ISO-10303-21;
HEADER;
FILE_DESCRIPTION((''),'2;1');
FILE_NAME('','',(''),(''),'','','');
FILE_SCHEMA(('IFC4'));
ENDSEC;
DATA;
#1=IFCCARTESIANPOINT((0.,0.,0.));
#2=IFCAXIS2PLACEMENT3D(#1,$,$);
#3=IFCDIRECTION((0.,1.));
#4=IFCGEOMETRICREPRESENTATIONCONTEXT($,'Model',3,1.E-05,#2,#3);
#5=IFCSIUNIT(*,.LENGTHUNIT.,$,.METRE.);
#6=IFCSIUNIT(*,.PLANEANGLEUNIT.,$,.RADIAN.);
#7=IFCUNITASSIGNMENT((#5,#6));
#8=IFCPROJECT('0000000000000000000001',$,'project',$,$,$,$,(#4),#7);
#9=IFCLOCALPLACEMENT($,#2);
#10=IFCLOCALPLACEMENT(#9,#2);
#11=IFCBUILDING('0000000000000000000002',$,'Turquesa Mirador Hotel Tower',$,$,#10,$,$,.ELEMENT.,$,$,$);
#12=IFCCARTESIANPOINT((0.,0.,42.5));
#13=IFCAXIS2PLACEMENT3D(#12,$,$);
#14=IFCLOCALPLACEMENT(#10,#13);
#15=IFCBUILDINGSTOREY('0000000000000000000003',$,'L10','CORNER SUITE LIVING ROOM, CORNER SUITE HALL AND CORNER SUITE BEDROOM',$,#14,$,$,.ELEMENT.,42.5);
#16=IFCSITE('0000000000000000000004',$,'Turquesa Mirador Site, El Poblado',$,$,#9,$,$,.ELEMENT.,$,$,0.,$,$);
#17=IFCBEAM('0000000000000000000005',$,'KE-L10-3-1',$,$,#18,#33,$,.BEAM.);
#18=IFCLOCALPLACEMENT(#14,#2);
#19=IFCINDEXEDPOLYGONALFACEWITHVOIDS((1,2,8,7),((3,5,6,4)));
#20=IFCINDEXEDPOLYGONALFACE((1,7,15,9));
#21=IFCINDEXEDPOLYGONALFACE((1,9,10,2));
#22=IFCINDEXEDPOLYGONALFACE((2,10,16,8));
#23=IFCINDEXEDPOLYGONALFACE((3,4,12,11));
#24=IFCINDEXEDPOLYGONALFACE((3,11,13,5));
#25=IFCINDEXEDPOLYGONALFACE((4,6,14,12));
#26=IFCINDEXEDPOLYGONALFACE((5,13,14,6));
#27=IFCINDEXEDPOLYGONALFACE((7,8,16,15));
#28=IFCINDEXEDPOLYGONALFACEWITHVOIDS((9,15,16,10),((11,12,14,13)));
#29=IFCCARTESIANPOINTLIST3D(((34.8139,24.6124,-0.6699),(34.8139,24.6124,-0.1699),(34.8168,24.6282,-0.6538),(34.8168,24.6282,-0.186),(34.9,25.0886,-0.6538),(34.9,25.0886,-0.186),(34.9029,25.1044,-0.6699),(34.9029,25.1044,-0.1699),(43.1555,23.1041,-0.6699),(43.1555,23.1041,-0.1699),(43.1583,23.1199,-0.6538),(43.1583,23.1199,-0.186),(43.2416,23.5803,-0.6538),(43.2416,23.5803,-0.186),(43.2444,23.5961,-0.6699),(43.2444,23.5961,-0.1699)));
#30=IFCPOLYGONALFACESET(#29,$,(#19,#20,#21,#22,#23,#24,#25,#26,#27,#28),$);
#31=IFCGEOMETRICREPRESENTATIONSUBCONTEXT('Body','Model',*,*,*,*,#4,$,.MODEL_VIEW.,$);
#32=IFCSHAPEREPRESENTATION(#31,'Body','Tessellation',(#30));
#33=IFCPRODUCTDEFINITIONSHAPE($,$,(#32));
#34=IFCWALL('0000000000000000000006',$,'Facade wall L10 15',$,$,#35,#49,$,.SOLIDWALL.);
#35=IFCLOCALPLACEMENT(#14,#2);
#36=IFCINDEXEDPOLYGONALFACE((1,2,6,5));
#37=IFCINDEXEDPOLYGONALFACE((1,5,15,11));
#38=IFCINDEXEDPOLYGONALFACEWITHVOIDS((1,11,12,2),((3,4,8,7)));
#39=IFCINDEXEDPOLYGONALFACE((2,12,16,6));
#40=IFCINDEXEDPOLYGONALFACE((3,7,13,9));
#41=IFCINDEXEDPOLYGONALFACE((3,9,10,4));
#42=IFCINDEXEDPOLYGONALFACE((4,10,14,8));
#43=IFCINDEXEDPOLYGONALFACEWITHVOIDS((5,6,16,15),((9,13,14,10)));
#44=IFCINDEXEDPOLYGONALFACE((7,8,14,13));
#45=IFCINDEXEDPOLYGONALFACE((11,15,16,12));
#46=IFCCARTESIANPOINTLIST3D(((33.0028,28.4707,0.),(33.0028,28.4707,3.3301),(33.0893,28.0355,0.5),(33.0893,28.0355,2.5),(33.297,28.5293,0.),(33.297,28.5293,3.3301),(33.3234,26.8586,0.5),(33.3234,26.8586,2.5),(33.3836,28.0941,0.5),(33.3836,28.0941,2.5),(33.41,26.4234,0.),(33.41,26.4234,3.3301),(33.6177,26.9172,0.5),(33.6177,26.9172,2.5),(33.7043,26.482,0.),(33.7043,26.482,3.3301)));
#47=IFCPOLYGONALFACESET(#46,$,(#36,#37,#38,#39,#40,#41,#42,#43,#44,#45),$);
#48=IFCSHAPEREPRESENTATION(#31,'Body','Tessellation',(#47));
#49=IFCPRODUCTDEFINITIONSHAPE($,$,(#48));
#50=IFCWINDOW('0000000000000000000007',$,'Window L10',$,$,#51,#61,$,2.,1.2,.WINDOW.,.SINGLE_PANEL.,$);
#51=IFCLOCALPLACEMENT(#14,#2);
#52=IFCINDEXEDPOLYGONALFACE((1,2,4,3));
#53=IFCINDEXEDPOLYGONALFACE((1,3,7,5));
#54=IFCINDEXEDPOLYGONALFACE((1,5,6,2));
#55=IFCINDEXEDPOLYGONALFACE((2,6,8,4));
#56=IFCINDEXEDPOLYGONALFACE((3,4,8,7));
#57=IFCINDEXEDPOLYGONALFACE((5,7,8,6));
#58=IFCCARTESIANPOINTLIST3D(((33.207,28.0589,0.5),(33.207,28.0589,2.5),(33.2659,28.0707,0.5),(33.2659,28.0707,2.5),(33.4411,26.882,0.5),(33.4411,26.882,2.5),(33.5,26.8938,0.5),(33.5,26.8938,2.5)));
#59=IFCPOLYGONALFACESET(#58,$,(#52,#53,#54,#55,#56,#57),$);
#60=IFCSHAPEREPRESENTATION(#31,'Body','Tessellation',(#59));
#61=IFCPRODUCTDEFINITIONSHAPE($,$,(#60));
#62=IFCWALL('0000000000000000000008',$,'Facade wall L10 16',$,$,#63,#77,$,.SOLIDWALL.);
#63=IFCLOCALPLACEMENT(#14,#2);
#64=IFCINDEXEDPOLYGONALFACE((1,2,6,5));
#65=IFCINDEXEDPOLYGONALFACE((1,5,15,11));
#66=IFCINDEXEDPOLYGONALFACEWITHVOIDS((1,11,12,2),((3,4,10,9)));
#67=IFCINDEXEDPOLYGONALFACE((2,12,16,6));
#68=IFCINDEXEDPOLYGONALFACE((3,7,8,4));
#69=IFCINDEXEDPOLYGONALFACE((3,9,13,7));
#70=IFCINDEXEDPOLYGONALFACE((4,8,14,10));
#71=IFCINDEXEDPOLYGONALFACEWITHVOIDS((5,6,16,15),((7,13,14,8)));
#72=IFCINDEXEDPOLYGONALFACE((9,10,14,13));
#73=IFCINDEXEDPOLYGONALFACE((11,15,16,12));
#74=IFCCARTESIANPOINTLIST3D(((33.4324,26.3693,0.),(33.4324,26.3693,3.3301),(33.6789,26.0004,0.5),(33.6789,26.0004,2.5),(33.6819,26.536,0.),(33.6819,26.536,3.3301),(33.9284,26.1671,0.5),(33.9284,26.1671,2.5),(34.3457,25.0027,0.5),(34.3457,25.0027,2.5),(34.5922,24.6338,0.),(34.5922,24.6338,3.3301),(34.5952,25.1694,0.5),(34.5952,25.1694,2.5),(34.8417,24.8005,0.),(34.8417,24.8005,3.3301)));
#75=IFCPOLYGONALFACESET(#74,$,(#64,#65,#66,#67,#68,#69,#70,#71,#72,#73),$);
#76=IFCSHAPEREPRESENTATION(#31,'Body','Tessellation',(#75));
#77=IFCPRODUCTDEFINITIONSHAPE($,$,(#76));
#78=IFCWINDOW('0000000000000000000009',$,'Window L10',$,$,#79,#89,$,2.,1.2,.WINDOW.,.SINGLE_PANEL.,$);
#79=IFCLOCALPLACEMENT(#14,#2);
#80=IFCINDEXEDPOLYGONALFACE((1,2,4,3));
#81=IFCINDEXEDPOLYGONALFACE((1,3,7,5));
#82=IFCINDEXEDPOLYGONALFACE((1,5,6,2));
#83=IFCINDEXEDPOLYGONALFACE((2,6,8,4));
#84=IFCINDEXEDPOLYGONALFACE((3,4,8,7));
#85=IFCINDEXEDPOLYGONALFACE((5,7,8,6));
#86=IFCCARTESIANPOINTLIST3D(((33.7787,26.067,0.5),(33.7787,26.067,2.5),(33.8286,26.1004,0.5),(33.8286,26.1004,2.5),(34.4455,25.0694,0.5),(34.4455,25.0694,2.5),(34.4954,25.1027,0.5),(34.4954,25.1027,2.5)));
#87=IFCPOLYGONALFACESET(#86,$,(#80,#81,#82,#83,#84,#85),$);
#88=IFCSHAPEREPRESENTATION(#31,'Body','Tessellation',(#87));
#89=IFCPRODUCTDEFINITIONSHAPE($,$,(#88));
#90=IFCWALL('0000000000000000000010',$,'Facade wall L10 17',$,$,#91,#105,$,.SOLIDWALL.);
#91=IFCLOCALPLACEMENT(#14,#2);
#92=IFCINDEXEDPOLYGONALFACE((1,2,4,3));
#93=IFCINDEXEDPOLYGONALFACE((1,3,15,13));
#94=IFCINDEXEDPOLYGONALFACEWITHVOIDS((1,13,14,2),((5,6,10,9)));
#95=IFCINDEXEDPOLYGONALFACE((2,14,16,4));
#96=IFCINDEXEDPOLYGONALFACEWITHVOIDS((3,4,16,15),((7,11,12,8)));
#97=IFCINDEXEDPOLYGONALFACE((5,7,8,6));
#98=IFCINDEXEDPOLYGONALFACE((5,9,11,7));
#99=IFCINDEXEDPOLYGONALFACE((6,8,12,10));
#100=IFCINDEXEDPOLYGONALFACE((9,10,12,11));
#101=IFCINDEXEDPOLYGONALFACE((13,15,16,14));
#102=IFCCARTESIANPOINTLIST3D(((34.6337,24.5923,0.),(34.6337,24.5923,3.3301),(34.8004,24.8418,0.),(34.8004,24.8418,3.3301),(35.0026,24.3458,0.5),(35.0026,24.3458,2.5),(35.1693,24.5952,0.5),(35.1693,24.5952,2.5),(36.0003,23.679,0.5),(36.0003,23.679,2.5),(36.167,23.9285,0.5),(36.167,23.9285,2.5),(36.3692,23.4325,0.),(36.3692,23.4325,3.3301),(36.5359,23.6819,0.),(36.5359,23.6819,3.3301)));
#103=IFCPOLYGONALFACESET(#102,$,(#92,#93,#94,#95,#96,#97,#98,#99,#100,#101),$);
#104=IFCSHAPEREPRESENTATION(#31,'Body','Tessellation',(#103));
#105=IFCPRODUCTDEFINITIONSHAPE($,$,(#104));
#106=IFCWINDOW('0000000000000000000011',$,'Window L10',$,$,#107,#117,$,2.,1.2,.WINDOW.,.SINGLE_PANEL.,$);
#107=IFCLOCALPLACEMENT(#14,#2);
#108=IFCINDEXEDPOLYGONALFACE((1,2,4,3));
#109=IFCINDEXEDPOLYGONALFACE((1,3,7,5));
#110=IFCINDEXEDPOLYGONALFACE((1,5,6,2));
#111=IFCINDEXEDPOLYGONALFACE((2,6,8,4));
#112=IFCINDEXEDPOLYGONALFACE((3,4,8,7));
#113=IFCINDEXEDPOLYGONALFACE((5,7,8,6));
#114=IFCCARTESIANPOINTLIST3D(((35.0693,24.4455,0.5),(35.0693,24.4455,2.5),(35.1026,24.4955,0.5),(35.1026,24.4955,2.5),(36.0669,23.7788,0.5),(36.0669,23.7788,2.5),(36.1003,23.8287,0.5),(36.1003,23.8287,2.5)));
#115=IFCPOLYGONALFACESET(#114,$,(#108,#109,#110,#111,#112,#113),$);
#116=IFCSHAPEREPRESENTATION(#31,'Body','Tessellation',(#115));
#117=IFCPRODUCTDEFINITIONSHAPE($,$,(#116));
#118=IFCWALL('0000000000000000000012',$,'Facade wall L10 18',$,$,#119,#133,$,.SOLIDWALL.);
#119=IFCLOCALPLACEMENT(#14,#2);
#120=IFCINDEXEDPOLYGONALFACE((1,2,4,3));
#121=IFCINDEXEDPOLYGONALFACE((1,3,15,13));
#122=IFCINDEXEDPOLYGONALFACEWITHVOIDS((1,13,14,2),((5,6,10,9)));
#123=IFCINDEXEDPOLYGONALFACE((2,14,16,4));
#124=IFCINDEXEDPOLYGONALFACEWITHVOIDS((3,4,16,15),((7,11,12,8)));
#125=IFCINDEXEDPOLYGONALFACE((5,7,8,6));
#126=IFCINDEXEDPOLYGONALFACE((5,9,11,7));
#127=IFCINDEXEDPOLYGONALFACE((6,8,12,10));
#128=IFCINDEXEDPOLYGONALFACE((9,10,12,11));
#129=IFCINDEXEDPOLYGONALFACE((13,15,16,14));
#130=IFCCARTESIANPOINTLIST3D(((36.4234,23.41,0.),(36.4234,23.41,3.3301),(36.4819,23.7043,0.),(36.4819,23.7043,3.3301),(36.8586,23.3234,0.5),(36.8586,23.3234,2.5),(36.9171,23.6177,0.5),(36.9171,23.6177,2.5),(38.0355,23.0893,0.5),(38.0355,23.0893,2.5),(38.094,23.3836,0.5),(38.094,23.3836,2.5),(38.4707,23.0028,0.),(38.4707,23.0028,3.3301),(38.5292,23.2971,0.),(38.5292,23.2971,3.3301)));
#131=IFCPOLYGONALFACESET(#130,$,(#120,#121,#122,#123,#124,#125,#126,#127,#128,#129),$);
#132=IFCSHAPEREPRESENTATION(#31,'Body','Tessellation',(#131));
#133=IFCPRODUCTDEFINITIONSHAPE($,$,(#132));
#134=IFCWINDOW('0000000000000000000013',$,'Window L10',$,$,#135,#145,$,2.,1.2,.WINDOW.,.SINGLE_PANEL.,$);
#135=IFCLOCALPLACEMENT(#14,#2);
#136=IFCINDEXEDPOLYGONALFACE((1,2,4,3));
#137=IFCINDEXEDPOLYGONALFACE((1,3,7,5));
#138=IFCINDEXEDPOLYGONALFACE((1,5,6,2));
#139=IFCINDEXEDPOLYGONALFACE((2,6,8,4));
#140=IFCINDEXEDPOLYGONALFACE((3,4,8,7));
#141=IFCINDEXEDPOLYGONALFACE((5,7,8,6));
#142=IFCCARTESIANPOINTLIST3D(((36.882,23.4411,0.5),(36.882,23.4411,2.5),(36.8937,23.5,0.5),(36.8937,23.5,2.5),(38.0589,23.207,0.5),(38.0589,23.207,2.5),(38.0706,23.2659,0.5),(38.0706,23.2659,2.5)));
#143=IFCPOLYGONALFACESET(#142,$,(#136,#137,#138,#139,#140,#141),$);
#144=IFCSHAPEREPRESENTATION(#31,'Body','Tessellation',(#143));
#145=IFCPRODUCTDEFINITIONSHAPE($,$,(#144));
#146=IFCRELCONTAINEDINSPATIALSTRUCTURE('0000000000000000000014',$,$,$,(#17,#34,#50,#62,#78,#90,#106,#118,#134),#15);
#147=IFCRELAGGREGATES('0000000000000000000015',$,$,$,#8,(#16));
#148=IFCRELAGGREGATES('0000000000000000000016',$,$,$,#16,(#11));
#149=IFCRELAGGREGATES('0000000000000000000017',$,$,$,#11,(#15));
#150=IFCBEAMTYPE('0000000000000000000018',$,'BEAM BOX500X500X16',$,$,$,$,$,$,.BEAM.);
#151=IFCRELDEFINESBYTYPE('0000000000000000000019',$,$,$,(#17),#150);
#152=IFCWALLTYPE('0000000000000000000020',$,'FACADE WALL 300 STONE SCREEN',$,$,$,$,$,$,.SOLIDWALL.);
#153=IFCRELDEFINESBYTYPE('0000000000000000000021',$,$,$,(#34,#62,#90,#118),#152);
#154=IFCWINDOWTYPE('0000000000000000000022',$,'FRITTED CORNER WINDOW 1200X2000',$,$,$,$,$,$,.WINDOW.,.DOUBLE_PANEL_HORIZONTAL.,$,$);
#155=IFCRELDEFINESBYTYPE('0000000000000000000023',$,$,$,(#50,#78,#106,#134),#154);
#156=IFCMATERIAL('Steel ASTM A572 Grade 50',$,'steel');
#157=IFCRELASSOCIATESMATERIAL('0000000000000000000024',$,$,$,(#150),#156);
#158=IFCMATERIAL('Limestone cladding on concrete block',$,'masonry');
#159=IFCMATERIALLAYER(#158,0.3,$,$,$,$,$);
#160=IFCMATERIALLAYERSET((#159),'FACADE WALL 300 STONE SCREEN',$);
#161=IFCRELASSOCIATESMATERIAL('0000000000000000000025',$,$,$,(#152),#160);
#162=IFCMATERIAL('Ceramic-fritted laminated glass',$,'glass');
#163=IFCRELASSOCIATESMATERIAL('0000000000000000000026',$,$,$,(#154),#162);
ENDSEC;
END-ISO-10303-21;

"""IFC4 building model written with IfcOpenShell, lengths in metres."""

from ifc_helpers import new_model, si_unit, direction, frame, frame_2d, origin, origin_2d, place, context, subcontext, project, spatial, rectangle, hollow_rectangle, extrude, material, layer, layer_set, material_profile, profile_set, type_object, element, fill, save


model = new_model("IFC4")

# Units and contexts
model_context = context("Model", 3, precision=1e-05, world=origin(), true_north=direction((0.0, 1.0)))
body_context = subcontext(model_context, "Body", "Model", "MODEL_VIEW")
ifc_project = project(units=[si_unit("LENGTHUNIT", "METRE"), si_unit("PLANEANGLEUNIT", "RADIAN")], contexts=[model_context])

# Site, building, storey
site_placement = place(None, origin())
site = spatial("IfcSite", under=ifc_project, at=site_placement, Name="Turquesa Mirador Site, El Poblado", CompositionType="ELEMENT", RefElevation=0.0)
building_placement = place(site_placement, origin())
building = spatial("IfcBuilding", under=site, at=building_placement, Name="Turquesa Mirador Hotel Tower", CompositionType="ELEMENT")
storey_placement = place(building_placement, frame((0.0, 0.0, 42.5)))
storey = spatial("IfcBuildingStorey", under=building, at=storey_placement, Name="L10", Description="CORNER SUITE LIVING ROOM, CORNER SUITE HALL AND CORNER SUITE BEDROOM", CompositionType="ELEMENT", Elevation=42.5)

# Beam
ifc_material_1 = material(Name="Steel ASTM A572 Grade 50", Category="steel")
ifc_material_profile = material_profile(ifc_material_1, hollow_rectangle(XDim=0.5, YDim=0.5, WallThickness=0.0161, at=origin_2d()), Name="BOX500X500X16")
ifc_profile_set = profile_set([ifc_material_profile], Name="Steel ASTM A572 Grade 50")
beam_type = type_object("IfcBeamType", Name="BEAM BOX500X500X16", PredefinedType="BEAM", material=ifc_profile_set)
beam_placement = place(storey_placement, frame((34.8584, 24.8584, -0.4199), z_axis=(0.984043, -0.177932, 0.0), x_axis=(0.177932, 0.984043, 0.0)))
element("IfcBeam", 1, at=beam_placement, inside=storey, type_object=beam_type, Name="KE-L10-3-1", PredefinedType="BEAM", context=body_context, shape_type="SweptSolid", body=[
    extrude(hollow_rectangle(XDim=0.5, YDim=0.5, WallThickness=0.0161, at=origin_2d()), origin(), (0.0, 0.0, 1.0), 8.4768),
])

# Walls, openings, windows
ifc_material_2 = material(Name="Limestone cladding on concrete block", Category="masonry")
ifc_layer_1 = layer(ifc_material_2, 0.3)
ifc_layer_set_1 = layer_set([ifc_layer_1], Name="FACADE WALL 300 STONE SCREEN")
wall_type_1 = type_object("IfcWallType", Name="FACADE WALL 300 STONE SCREEN", PredefinedType="SOLIDWALL", material=ifc_layer_set_1)
wall_1_placement = place(storey_placement, frame((33.1499, 28.5, 0.0), z_axis=(0.0, 0.0, 1.0), x_axis=(0.195081, -0.980787, 0.0)))
wall_1 = element("IfcWall", 2, at=wall_1_placement, inside=storey, type_object=wall_type_1, Name="Facade wall L10 15", PredefinedType="SOLIDWALL", context=body_context, shape_type="SweptSolid", body=[
    extrude(rectangle(XDim=2.0874, YDim=0.3, at=frame_2d((1.0437, 0.0))), origin(), (0.0, 0.0, 1.0), 3.3301),
])
opening_1_placement = place(wall_1_placement, frame((0.4436, 0.0, 0.5)))
opening_1 = element("IfcOpeningElement", 3, at=opening_1_placement, cuts=wall_1, PredefinedType="OPENING", context=body_context, shape_type="SweptSolid", body=[
    extrude(rectangle(XDim=1.2, YDim=2.0, at=frame_2d((0.6001, 1.0))), frame((0.0, 0.1599, 0.0), z_axis=(0.0, -1.0, 0.0), x_axis=(1.0, 0.0, 0.0)), (0.0, 0.0, 1.0), 0.3201),
])
ifc_material_3 = material(Name="Ceramic-fritted laminated glass", Category="glass")
window_type_1 = type_object("IfcWindowType", Name="FRITTED CORNER WINDOW 1200X2000", PartitioningType="DOUBLE_PANEL_HORIZONTAL", PredefinedType="WINDOW", material=ifc_material_3)
window_1_placement = place(opening_1_placement, origin())
window_1 = element("IfcWindow", 4, at=window_1_placement, inside=storey, type_object=window_type_1, Name="Window L10", OverallHeight=2.0, OverallWidth=1.2, PartitioningType="SINGLE_PANEL", PredefinedType="WINDOW", context=body_context, shape_type="SweptSolid", body=[
    extrude(rectangle(XDim=1.2, YDim=2.0, at=frame_2d((0.6001, 1.0))), frame((0.0, 0.03, 0.0), z_axis=(0.0, -1.0, 0.0), x_axis=(1.0, 0.0, 0.0)), (0.0, 0.0, 1.0), 0.0601),
])
fill(opening_1, window_1)
wall_2_placement = place(storey_placement, frame((33.5571, 26.4526, 0.0), z_axis=(0.0, 0.0, 1.0), x_axis=(0.555644, -0.83142, 0.0)))
wall_2 = element("IfcWall", 5, at=wall_2_placement, inside=storey, type_object=wall_type_1, Name="Facade wall L10 16", PredefinedType="SOLIDWALL", context=body_context, shape_type="SweptSolid", body=[
    extrude(rectangle(XDim=2.0874, YDim=0.3, at=frame_2d((1.0437, 0.0))), origin(), (0.0, 0.0, 1.0), 3.3301),
])
opening_2_placement = place(wall_2_placement, frame((0.4436, 0.0, 0.5)))
opening_2 = element("IfcOpeningElement", 6, at=opening_2_placement, cuts=wall_2, PredefinedType="OPENING", context=body_context, shape_type="SweptSolid", body=[
    extrude(rectangle(XDim=1.2, YDim=2.0, at=frame_2d((0.6001, 1.0))), frame((0.0, 0.1599, 0.0), z_axis=(0.0, -1.0, 0.0), x_axis=(1.0, 0.0, 0.0)), (0.0, 0.0, 1.0), 0.3201),
])
window_2_placement = place(opening_2_placement, origin())
window_2 = element("IfcWindow", 7, at=window_2_placement, inside=storey, type_object=window_type_1, Name="Window L10", OverallHeight=2.0, OverallWidth=1.2, PartitioningType="SINGLE_PANEL", PredefinedType="WINDOW", context=body_context, shape_type="SweptSolid", body=[
    extrude(rectangle(XDim=1.2, YDim=2.0, at=frame_2d((0.6001, 1.0))), frame((0.0, 0.03, 0.0), z_axis=(0.0, -1.0, 0.0), x_axis=(1.0, 0.0, 0.0)), (0.0, 0.0, 1.0), 0.0601),
])
fill(opening_2, window_2)
wall_3_placement = place(storey_placement, frame((34.717, 24.717, 0.0), z_axis=(0.0, 0.0, 1.0), x_axis=(0.83142, -0.555644, 0.0)))
wall_3 = element("IfcWall", 8, at=wall_3_placement, inside=storey, type_object=wall_type_1, Name="Facade wall L10 17", PredefinedType="SOLIDWALL", context=body_context, shape_type="SweptSolid", body=[
    extrude(rectangle(XDim=2.0874, YDim=0.3, at=frame_2d((1.0437, 0.0))), origin(), (0.0, 0.0, 1.0), 3.3301),
])
opening_3_placement = place(wall_3_placement, frame((0.4436, 0.0, 0.5)))
opening_3 = element("IfcOpeningElement", 9, at=opening_3_placement, cuts=wall_3, PredefinedType="OPENING", context=body_context, shape_type="SweptSolid", body=[
    extrude(rectangle(XDim=1.2, YDim=2.0, at=frame_2d((0.6001, 1.0))), frame((0.0, 0.1599, 0.0), z_axis=(0.0, -1.0, 0.0), x_axis=(1.0, 0.0, 0.0)), (0.0, 0.0, 1.0), 0.3201),
])
window_3_placement = place(opening_3_placement, origin())
window_3 = element("IfcWindow", 10, at=window_3_placement, inside=storey, type_object=window_type_1, Name="Window L10", OverallHeight=2.0, OverallWidth=1.2, PartitioningType="SINGLE_PANEL", PredefinedType="WINDOW", context=body_context, shape_type="SweptSolid", body=[
    extrude(rectangle(XDim=1.2, YDim=2.0, at=frame_2d((0.6001, 1.0))), frame((0.0, 0.03, 0.0), z_axis=(0.0, -1.0, 0.0), x_axis=(1.0, 0.0, 0.0)), (0.0, 0.0, 1.0), 0.0601),
])
fill(opening_3, window_3)
wall_4_placement = place(storey_placement, frame((36.4526, 23.5571, 0.0), z_axis=(0.0, 0.0, 1.0), x_axis=(0.980787, -0.195081, 0.0)))
wall_4 = element("IfcWall", 11, at=wall_4_placement, inside=storey, type_object=wall_type_1, Name="Facade wall L10 18", PredefinedType="SOLIDWALL", context=body_context, shape_type="SweptSolid", body=[
    extrude(rectangle(XDim=2.0874, YDim=0.3, at=frame_2d((1.0437, 0.0))), origin(), (0.0, 0.0, 1.0), 3.3301),
])
opening_4_placement = place(wall_4_placement, frame((0.4436, 0.0, 0.5)))
opening_4 = element("IfcOpeningElement", 12, at=opening_4_placement, cuts=wall_4, PredefinedType="OPENING", context=body_context, shape_type="SweptSolid", body=[
    extrude(rectangle(XDim=1.2, YDim=2.0, at=frame_2d((0.6001, 1.0))), frame((0.0, 0.1599, 0.0), z_axis=(0.0, -1.0, 0.0), x_axis=(1.0, 0.0, 0.0)), (0.0, 0.0, 1.0), 0.3201),
])
window_4_placement = place(opening_4_placement, origin())
window_4 = element("IfcWindow", 13, at=window_4_placement, inside=storey, type_object=window_type_1, Name="Window L10", OverallHeight=2.0, OverallWidth=1.2, PartitioningType="SINGLE_PANEL", PredefinedType="WINDOW", context=body_context, shape_type="SweptSolid", body=[
    extrude(rectangle(XDim=1.2, YDim=2.0, at=frame_2d((0.6001, 1.0))), frame((0.0, 0.03, 0.0), z_axis=(0.0, -1.0, 0.0), x_axis=(1.0, 0.0, 0.0)), (0.0, 0.0, 1.0), 0.0601),
])
fill(opening_4, window_4)

save(model, "model.ifc")
